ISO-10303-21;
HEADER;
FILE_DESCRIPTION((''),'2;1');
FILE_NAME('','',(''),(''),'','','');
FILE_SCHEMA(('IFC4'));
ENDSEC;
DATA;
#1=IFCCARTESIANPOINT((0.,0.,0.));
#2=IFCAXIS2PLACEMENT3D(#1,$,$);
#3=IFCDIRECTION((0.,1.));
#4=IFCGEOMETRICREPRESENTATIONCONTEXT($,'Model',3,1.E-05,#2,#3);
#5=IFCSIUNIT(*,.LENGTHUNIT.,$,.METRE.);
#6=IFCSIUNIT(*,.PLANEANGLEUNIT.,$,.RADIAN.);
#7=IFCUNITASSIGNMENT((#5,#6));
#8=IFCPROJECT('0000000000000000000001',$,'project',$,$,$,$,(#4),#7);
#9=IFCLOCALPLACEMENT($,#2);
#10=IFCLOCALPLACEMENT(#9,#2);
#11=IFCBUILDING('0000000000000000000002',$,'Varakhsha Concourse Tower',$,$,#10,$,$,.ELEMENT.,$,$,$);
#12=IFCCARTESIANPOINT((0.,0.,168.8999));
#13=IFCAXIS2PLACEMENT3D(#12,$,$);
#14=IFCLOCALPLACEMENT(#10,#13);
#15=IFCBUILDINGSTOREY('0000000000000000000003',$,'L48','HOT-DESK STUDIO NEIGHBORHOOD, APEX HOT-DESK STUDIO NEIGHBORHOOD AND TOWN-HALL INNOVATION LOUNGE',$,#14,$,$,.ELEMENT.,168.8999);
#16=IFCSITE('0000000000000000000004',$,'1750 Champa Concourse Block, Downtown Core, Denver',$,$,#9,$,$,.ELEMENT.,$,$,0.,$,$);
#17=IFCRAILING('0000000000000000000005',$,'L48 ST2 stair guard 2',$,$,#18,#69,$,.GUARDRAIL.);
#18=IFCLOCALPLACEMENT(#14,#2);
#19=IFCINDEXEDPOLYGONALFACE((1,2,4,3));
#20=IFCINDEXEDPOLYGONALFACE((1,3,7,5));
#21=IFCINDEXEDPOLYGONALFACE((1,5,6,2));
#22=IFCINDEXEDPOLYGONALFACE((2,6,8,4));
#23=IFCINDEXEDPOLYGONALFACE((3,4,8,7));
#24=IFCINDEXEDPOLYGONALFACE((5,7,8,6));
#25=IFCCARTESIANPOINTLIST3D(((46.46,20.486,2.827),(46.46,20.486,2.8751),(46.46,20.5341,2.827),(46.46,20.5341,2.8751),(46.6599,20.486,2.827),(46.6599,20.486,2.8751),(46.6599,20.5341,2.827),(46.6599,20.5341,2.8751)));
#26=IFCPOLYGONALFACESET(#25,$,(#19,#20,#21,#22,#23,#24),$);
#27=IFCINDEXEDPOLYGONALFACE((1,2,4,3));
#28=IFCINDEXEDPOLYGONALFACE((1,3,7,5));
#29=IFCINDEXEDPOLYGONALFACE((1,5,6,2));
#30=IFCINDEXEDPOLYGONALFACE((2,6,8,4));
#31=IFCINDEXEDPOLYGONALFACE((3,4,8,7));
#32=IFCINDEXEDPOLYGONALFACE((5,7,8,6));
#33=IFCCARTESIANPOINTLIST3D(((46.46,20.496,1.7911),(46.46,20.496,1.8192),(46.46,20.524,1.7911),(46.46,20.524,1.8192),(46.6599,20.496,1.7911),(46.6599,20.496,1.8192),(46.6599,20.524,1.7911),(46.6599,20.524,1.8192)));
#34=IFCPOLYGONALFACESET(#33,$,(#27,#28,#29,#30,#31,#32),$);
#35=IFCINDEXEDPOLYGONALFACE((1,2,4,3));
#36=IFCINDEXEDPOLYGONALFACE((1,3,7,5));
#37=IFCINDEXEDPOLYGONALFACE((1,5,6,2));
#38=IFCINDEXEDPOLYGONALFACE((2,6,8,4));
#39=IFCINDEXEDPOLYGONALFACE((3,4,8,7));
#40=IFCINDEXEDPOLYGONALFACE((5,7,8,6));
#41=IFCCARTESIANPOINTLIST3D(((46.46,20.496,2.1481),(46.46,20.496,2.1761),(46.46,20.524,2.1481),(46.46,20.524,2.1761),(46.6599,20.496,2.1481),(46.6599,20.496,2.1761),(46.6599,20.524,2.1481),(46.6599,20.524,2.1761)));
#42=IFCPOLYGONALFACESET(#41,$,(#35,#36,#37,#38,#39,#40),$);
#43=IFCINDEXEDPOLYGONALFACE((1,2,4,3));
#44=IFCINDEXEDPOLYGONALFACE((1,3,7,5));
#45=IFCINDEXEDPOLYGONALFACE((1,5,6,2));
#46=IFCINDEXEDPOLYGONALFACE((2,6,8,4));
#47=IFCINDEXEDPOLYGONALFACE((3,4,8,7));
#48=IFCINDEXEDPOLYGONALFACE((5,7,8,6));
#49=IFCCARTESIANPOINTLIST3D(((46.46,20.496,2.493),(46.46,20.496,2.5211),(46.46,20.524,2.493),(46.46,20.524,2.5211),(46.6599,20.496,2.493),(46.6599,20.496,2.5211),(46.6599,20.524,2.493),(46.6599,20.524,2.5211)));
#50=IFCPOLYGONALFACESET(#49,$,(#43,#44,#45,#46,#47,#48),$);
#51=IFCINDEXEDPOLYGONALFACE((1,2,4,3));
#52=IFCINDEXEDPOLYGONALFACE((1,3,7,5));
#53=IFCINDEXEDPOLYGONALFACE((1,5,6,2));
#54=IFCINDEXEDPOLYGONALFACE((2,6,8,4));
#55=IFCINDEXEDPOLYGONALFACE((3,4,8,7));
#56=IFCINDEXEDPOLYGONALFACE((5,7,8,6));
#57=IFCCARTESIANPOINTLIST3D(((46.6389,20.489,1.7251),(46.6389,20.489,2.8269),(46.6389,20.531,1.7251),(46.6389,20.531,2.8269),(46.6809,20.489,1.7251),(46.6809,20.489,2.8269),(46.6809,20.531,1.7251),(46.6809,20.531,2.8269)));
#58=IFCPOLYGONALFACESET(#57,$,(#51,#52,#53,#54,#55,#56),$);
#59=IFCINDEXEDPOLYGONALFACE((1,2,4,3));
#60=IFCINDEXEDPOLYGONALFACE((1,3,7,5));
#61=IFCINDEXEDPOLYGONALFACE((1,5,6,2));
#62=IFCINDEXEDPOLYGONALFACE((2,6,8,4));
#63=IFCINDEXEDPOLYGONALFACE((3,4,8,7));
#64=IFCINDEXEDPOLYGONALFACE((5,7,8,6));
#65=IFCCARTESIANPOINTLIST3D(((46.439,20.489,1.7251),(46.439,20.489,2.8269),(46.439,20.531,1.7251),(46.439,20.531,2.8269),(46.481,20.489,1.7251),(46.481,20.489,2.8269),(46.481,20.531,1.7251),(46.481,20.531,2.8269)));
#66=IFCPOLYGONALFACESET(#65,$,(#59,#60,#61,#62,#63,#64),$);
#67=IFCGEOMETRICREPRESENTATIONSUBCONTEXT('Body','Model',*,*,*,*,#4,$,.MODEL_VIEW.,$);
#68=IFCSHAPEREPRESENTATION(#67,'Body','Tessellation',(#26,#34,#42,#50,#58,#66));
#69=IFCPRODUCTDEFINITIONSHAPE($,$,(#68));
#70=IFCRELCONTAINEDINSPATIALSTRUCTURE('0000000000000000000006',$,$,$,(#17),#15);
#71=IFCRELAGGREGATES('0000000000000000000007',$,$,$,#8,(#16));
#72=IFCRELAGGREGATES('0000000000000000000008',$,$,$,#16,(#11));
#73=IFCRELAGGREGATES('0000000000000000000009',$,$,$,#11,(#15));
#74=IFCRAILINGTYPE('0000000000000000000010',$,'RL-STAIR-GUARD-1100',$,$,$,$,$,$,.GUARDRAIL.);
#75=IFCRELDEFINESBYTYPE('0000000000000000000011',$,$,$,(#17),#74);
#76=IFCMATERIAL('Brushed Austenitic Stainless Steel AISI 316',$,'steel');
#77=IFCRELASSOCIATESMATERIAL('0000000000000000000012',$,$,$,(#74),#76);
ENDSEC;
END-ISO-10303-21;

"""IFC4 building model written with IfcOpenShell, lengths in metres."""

from ifc_helpers import new_model, si_unit, direction, frame, origin, origin_2d, place, context, subcontext, project, spatial, rectangle, extrude, material, type_object, element, save


model = new_model("IFC4")

# Units and contexts
model_context = context("Model", 3, precision=1e-05, world=origin(), true_north=direction((0.0, 1.0)))
body_context = subcontext(model_context, "Body", "Model", "MODEL_VIEW")
ifc_project = project(units=[si_unit("LENGTHUNIT", "METRE"), si_unit("PLANEANGLEUNIT", "RADIAN")], contexts=[model_context])

# Site, building, storey
site_placement = place(None, origin())
site = spatial("IfcSite", under=ifc_project, at=site_placement, Name="1750 Champa Concourse Block, Downtown Core, Denver", CompositionType="ELEMENT", RefElevation=0.0)
building_placement = place(site_placement, origin())
building = spatial("IfcBuilding", under=site, at=building_placement, Name="Varakhsha Concourse Tower", CompositionType="ELEMENT")
storey_placement = place(building_placement, frame((0.0, 0.0, 168.8999)))
storey = spatial("IfcBuildingStorey", under=building, at=storey_placement, Name="L48", Description="HOT-DESK STUDIO NEIGHBORHOOD, APEX HOT-DESK STUDIO NEIGHBORHOOD AND TOWN-HALL INNOVATION LOUNGE", CompositionType="ELEMENT", Elevation=168.8999)

# Railing
ifc_material_1 = material(Name="Brushed Austenitic Stainless Steel AISI 316", Category="steel")
railing_type = type_object("IfcRailingType", Name="RL-STAIR-GUARD-1100", PredefinedType="GUARDRAIL", material=ifc_material_1)
railing_placement = place(storey_placement, frame((46.6599, 20.51, 1.7251)))
element("IfcRailing", 1, at=railing_placement, inside=storey, type_object=railing_type, Name="L48 ST2 stair guard 2", PredefinedType="GUARDRAIL", context=body_context, shape_type="SweptSolid", body=[
    extrude(rectangle(XDim=0.0481, YDim=0.0481, at=origin_2d()), frame((0.0, 0.0, 1.126), z_axis=(-1.0, 0.0, 0.0), x_axis=(0.0, -1.0, 0.0)), (0.0, 0.0, 1.0), 0.2),
    extrude(rectangle(XDim=0.0281, YDim=0.0281, at=origin_2d()), frame((0.0, 0.0, 0.0801), z_axis=(-1.0, 0.0, 0.0), x_axis=(0.0, -1.0, 0.0)), (0.0, 0.0, 1.0), 0.2),
    extrude(rectangle(XDim=0.0281, YDim=0.0281, at=origin_2d()), frame((0.0, 0.0, 0.437), z_axis=(-1.0, 0.0, 0.0), x_axis=(0.0, -1.0, 0.0)), (0.0, 0.0, 1.0), 0.2),
    extrude(rectangle(XDim=0.0281, YDim=0.0281, at=origin_2d()), frame((0.0, 0.0, 0.782), z_axis=(-1.0, 0.0, 0.0), x_axis=(0.0, -1.0, 0.0)), (0.0, 0.0, 1.0), 0.2),
    extrude(rectangle(XDim=0.042, YDim=0.042, at=origin_2d()), origin(), (0.0, 0.0, 1.0), 1.1018),
    extrude(rectangle(XDim=0.042, YDim=0.042, at=origin_2d()), frame((-0.2, 0.0, 0.0)), (0.0, 0.0, 1.0), 1.1018),
])

save(model, "model.ifc")
